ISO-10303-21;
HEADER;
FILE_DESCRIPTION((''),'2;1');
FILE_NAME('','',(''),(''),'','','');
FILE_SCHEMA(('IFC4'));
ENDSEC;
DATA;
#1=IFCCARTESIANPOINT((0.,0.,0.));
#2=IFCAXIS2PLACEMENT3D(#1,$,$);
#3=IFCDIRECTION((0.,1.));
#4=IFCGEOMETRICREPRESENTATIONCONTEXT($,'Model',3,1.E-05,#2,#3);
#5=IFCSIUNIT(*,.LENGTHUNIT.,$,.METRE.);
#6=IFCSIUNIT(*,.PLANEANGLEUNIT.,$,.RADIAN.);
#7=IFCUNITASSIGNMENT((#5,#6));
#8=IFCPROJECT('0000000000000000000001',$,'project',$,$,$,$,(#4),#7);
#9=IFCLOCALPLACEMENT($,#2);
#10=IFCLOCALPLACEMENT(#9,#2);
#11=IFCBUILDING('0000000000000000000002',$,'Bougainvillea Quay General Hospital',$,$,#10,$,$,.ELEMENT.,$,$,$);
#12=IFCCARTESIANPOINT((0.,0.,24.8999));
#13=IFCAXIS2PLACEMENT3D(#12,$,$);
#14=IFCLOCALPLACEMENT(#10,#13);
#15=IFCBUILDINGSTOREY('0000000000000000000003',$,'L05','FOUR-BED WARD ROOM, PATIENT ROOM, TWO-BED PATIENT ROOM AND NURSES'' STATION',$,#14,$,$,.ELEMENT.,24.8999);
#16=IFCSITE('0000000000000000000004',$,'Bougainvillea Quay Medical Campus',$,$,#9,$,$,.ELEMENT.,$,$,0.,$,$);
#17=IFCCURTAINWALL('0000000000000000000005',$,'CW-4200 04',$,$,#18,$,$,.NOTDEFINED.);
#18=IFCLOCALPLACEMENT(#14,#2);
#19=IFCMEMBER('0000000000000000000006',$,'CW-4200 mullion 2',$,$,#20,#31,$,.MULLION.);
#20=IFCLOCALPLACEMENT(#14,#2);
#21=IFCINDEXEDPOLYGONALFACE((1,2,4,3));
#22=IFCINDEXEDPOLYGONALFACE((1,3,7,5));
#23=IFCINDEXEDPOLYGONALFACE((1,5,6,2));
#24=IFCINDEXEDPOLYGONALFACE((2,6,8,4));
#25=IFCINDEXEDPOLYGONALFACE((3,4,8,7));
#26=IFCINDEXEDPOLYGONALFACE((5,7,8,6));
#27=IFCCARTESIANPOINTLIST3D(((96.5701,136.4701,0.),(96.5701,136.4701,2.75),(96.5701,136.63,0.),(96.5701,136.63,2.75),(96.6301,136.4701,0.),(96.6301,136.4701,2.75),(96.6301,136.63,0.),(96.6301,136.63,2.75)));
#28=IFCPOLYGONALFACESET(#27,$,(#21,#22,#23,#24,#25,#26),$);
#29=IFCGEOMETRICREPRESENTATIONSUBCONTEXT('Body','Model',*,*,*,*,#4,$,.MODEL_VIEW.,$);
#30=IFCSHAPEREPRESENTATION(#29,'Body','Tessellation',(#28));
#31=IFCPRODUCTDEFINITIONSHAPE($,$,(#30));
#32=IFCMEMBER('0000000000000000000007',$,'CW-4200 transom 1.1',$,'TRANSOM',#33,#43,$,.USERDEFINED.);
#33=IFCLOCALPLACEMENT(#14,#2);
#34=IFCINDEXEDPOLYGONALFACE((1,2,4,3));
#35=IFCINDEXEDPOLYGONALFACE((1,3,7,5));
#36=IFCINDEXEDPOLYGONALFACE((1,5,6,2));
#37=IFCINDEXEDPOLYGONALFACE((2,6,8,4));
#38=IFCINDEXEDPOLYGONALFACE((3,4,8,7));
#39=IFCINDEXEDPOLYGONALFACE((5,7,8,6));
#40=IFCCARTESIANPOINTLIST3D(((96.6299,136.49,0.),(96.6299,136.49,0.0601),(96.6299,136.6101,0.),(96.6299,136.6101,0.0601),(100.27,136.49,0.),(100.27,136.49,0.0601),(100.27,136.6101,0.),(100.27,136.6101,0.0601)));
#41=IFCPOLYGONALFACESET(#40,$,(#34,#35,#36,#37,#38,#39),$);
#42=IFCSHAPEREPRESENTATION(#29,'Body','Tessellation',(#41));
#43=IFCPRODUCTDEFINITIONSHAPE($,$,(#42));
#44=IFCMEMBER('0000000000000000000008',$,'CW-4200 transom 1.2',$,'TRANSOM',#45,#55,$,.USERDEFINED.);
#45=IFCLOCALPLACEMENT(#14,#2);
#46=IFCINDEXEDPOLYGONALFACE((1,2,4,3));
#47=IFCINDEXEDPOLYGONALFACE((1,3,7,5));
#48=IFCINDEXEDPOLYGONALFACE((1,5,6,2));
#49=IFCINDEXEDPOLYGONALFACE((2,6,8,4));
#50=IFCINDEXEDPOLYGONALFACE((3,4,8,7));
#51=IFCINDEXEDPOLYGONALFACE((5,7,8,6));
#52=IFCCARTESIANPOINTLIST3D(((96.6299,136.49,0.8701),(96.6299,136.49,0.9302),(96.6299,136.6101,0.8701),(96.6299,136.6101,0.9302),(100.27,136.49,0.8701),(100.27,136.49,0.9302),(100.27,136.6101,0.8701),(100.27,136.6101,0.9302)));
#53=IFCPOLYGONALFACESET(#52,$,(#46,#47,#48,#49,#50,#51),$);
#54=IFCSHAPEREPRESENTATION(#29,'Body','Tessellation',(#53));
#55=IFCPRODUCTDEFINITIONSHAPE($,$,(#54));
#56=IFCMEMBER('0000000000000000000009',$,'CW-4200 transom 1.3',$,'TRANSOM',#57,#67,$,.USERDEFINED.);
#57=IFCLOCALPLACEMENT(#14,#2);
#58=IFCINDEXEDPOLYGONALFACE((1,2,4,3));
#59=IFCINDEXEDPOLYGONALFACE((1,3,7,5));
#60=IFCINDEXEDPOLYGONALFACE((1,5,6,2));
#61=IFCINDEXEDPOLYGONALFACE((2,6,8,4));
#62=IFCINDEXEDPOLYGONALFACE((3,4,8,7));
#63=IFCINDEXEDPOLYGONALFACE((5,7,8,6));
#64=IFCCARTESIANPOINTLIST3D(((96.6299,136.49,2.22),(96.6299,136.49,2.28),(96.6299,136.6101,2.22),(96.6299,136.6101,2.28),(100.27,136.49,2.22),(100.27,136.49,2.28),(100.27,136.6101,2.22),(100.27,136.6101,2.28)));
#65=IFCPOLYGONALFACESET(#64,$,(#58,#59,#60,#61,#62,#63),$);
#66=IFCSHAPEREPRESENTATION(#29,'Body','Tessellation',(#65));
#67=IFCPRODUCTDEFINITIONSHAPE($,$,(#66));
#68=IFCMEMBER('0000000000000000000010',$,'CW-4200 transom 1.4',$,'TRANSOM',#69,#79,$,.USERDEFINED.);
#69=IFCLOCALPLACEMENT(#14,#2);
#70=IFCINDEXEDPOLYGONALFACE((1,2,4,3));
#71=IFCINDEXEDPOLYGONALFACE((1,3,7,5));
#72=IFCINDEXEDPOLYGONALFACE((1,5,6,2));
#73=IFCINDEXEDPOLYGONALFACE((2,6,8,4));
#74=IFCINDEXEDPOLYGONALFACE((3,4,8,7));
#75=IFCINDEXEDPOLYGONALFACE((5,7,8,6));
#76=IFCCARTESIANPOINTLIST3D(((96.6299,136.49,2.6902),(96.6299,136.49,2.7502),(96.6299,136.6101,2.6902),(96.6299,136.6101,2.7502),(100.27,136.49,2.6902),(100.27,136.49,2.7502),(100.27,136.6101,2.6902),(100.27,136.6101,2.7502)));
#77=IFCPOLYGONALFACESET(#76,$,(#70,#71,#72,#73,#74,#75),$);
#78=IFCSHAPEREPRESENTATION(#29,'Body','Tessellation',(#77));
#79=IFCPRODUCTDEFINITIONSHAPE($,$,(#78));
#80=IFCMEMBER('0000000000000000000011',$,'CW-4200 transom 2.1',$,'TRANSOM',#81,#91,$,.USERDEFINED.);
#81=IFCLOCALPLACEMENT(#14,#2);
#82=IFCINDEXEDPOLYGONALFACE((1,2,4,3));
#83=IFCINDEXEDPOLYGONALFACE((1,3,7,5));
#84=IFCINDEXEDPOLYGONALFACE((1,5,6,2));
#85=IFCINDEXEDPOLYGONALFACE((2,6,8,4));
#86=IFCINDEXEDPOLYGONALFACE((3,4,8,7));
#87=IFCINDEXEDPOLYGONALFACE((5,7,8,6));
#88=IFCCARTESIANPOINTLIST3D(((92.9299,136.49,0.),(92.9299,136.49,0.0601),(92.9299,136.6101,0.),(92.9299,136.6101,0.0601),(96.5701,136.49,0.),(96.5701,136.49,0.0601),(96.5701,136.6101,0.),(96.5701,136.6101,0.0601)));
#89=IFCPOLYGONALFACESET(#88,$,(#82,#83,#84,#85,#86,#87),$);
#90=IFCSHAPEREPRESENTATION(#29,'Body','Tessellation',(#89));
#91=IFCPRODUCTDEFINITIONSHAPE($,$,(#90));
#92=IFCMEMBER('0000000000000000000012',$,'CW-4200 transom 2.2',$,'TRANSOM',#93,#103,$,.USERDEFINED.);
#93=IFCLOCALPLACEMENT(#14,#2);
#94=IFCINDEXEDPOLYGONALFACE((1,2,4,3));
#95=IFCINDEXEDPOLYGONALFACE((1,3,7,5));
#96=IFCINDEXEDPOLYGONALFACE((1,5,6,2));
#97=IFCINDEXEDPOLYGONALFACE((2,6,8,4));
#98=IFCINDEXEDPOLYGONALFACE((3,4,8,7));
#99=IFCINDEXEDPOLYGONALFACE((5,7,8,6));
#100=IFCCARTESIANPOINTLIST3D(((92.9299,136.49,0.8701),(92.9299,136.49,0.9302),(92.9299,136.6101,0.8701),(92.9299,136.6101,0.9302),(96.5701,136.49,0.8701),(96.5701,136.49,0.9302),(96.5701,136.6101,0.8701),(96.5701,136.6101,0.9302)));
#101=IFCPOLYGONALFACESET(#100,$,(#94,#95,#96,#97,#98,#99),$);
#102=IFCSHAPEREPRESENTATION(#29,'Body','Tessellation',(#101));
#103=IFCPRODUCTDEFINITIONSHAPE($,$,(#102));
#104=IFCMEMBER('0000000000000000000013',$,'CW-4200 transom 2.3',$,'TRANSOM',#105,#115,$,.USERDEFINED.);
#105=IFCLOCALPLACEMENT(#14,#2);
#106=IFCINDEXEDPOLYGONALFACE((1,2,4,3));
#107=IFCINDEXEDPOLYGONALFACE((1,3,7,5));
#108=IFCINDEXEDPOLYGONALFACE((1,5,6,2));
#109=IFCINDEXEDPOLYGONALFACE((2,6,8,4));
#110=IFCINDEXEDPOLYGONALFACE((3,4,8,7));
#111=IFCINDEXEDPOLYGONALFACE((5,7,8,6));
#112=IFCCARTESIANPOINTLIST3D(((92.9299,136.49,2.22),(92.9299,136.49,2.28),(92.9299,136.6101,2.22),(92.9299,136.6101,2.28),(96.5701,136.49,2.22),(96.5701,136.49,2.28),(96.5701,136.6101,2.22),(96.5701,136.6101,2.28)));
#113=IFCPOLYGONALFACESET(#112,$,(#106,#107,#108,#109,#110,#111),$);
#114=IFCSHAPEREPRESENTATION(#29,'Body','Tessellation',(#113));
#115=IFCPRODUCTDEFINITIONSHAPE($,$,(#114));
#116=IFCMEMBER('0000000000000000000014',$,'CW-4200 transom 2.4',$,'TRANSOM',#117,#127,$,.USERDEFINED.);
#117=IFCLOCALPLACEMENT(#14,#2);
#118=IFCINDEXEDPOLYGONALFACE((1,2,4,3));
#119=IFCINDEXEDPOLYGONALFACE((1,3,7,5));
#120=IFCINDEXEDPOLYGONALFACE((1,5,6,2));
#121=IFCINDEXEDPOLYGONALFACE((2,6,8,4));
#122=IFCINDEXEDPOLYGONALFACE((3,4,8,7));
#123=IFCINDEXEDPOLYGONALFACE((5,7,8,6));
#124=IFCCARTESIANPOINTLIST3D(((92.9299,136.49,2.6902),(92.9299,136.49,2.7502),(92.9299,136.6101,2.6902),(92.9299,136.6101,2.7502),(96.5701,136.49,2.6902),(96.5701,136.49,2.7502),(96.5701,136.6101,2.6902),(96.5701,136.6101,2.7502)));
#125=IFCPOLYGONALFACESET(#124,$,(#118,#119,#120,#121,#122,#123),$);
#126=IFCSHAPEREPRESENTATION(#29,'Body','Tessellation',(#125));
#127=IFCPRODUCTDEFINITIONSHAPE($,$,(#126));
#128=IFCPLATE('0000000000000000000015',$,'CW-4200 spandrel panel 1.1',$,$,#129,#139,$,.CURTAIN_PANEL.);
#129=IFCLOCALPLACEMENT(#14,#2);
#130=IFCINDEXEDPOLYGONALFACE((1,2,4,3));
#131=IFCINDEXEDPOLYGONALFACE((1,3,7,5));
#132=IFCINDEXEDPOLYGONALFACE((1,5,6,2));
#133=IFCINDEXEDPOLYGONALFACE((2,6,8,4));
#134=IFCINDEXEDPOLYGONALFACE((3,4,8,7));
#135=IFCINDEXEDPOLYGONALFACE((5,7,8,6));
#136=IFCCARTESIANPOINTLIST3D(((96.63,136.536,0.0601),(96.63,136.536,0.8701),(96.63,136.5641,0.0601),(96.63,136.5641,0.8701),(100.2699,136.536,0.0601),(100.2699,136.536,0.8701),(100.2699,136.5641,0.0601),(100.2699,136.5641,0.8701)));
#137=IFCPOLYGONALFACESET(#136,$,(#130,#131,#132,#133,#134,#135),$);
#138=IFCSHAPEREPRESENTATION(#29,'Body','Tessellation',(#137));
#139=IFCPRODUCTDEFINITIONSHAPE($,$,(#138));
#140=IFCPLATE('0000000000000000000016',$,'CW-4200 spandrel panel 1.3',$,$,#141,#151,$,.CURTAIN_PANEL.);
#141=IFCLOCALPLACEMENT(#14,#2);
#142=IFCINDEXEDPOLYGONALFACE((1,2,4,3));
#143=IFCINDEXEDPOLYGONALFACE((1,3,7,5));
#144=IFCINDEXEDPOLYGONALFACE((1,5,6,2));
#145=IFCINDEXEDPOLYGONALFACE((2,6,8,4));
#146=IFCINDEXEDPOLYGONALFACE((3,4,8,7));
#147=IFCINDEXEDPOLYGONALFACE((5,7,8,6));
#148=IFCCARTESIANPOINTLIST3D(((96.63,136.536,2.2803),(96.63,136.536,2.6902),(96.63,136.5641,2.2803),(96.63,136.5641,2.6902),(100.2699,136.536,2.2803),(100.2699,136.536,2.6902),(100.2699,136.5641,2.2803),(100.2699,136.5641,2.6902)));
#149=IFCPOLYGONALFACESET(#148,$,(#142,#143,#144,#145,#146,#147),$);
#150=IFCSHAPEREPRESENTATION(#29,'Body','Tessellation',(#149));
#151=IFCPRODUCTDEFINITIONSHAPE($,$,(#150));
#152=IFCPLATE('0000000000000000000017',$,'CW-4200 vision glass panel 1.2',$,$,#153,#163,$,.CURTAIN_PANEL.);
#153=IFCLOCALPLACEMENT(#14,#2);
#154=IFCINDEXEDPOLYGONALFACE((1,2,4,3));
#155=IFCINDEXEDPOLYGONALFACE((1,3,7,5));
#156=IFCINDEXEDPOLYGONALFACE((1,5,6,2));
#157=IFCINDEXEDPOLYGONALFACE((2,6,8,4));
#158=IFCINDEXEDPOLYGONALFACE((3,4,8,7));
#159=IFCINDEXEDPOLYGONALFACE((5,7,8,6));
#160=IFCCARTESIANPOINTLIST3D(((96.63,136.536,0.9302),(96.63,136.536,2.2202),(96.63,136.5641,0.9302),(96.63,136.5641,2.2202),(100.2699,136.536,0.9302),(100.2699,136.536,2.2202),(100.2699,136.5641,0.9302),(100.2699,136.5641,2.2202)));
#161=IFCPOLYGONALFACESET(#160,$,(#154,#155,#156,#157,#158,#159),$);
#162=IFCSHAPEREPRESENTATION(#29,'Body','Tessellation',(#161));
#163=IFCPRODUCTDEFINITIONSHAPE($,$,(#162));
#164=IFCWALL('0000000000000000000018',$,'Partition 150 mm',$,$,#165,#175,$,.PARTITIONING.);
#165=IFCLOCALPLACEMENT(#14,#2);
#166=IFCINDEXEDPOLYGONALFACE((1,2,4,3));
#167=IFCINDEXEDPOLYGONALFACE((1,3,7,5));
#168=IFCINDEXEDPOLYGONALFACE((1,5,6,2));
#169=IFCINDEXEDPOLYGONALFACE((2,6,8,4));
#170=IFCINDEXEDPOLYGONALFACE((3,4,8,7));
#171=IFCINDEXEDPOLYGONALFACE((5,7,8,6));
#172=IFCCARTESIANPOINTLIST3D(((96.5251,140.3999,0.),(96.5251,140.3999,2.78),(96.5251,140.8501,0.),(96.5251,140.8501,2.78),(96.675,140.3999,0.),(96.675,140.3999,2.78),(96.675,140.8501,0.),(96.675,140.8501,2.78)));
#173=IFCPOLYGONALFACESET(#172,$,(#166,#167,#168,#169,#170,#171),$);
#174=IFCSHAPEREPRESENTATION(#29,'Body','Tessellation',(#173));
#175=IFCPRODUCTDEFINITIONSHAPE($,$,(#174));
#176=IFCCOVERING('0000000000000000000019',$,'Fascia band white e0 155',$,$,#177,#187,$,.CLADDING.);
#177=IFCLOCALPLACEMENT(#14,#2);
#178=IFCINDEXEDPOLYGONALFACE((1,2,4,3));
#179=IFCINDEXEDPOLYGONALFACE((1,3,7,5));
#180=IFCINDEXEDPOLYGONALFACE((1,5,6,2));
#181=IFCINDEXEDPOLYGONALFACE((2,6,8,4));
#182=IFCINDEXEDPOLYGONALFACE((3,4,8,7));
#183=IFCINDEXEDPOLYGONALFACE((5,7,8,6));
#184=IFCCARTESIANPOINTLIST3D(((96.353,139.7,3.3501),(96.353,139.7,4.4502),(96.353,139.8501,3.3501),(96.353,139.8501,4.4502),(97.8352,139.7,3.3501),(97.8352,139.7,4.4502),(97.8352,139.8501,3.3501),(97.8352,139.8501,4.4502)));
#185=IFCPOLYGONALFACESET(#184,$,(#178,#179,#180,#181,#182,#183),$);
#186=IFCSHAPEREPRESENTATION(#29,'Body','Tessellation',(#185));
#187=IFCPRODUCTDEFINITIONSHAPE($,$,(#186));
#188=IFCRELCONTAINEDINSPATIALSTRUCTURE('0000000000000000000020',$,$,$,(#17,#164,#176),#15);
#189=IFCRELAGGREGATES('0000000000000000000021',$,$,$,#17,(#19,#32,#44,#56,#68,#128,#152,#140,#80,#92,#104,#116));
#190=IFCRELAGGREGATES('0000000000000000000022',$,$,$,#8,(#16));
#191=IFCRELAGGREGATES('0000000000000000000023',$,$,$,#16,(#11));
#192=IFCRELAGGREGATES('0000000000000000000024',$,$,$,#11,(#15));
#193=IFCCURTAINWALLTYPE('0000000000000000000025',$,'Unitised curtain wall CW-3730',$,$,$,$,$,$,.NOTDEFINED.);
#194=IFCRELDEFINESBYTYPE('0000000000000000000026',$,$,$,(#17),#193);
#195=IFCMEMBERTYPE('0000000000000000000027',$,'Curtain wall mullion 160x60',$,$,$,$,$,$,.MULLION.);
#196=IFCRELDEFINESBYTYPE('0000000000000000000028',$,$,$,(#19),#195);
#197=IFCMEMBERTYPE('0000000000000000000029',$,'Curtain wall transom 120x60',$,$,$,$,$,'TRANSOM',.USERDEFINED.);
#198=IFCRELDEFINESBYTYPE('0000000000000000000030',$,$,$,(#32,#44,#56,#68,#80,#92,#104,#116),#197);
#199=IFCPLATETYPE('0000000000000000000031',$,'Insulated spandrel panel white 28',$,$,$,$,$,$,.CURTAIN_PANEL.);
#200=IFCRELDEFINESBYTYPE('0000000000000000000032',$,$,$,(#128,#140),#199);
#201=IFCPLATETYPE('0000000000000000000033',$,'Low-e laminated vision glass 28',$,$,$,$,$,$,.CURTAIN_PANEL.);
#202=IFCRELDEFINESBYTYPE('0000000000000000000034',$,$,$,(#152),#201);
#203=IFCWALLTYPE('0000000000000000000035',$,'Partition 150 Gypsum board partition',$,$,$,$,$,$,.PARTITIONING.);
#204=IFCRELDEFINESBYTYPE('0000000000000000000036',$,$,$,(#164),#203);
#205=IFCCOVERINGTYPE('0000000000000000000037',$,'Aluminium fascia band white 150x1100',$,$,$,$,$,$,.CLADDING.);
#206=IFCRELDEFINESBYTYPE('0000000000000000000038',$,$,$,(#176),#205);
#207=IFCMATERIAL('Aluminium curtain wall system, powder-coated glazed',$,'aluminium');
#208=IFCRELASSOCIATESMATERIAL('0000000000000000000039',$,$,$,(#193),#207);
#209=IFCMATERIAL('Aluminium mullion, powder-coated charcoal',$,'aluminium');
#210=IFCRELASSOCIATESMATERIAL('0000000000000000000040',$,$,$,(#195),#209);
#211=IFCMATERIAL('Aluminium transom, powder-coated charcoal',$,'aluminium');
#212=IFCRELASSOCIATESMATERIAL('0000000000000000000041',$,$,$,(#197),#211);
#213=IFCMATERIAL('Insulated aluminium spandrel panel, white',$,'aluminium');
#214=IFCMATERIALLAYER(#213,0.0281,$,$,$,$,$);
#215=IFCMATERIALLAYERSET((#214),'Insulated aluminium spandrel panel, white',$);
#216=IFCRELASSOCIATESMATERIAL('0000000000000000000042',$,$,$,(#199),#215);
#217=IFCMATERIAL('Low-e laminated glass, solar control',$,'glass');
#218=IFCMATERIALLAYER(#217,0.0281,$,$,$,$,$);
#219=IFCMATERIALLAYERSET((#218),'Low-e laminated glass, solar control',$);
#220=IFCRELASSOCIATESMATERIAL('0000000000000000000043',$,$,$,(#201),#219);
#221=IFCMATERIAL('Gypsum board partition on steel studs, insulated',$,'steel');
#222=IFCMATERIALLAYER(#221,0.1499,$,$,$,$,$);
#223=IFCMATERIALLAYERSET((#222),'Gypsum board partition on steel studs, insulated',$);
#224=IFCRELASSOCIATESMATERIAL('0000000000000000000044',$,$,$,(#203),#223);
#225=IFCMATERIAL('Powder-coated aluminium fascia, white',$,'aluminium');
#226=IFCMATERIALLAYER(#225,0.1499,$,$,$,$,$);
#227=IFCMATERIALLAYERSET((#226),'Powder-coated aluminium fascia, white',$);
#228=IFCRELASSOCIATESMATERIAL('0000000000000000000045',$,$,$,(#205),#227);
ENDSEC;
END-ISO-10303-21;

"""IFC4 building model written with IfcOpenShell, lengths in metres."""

from ifc_helpers import new_model, si_unit, direction, frame, frame_2d, origin, origin_2d, place, context, subcontext, project, spatial, polyline, rectangle, outline, extrude, material, layer, layer_set, material_profile, profile_set, type_object, element, aggregate, save


model = new_model("IFC4")

# Units and contexts
model_context = context("Model", 3, precision=1e-05, world=origin(), true_north=direction((0.0, 1.0)))
body_context = subcontext(model_context, "Body", "Model", "MODEL_VIEW")
ifc_project = project(units=[si_unit("LENGTHUNIT", "METRE"), si_unit("PLANEANGLEUNIT", "RADIAN")], contexts=[model_context])

# Site, building, storey
site_placement = place(None, origin())
site = spatial("IfcSite", under=ifc_project, at=site_placement, Name="Bougainvillea Quay Medical Campus", CompositionType="ELEMENT", RefElevation=0.0)
building_placement = place(site_placement, origin())
building = spatial("IfcBuilding", under=site, at=building_placement, Name="Bougainvillea Quay General Hospital", CompositionType="ELEMENT")
storey_placement = place(building_placement, frame((0.0, 0.0, 24.8999)))
storey = spatial("IfcBuildingStorey", under=building, at=storey_placement, Name="L05", Description="FOUR-BED WARD ROOM, PATIENT ROOM, TWO-BED PATIENT ROOM AND NURSES' STATION", CompositionType="ELEMENT", Elevation=24.8999)

# Curtain wall, members, plates
ifc_material_1 = material(Name="Aluminium curtain wall system, powder-coated glazed", Category="aluminium")
curtain_wall_type = type_object("IfcCurtainWallType", Name="Unitised curtain wall CW-3730", PredefinedType="NOTDEFINED", material=ifc_material_1)
curtain_wall_placement = place(storey_placement, origin())
curtain_wall = element("IfcCurtainWall", 1, at=curtain_wall_placement, inside=storey, type_object=curtain_wall_type, Name="CW-4200 04", PredefinedType="NOTDEFINED")
ifc_material_2 = material(Name="Aluminium mullion, powder-coated charcoal", Category="aluminium")
ifc_material_profile_1 = material_profile(ifc_material_2, rectangle(XDim=0.1599, YDim=0.0601, at=origin_2d()))
ifc_profile_set_1 = profile_set([ifc_material_profile_1], Name="Aluminium mullion, powder-coated charcoal")
member_type_1 = type_object("IfcMemberType", Name="Curtain wall mullion 160x60", PredefinedType="MULLION", material=ifc_profile_set_1)
member_1_placement = place(storey_placement, frame((96.6001, 136.55, 0.0), z_axis=(0.0, 0.0, 1.0), x_axis=(0.0, -1.0, 0.0)))
member_1 = element("IfcMember", 2, at=member_1_placement, type_object=member_type_1, Name="CW-4200 mullion 2", PredefinedType="MULLION", context=body_context, shape_type="SweptSolid", body=[
    extrude(rectangle(XDim=0.1599, YDim=0.0601, at=origin_2d()), origin(), (0.0, 0.0, 1.0), 2.75),
])
ifc_material_3 = material(Name="Aluminium transom, powder-coated charcoal", Category="aluminium")
ifc_material_profile_2 = material_profile(ifc_material_3, rectangle(XDim=0.1201, YDim=0.0601, at=origin_2d()))
ifc_profile_set_2 = profile_set([ifc_material_profile_2], Name="Aluminium transom, powder-coated charcoal")
member_type_2 = type_object("IfcMemberType", Name="Curtain wall transom 120x60", ElementType="TRANSOM", PredefinedType="USERDEFINED", material=ifc_profile_set_2)
member_2_placement = place(storey_placement, frame((100.27, 136.55, 0.03), z_axis=(-1.0, 0.0, 0.0), x_axis=(0.0, -1.0, 0.0)))
member_2 = element("IfcMember", 3, at=member_2_placement, type_object=member_type_2, Name="CW-4200 transom 1.1", ObjectType="TRANSOM", PredefinedType="USERDEFINED", context=body_context, shape_type="SweptSolid", body=[
    extrude(rectangle(XDim=0.1201, YDim=0.0601, at=origin_2d()), origin(), (0.0, 0.0, 1.0), 3.6401),
])
member_3_placement = place(storey_placement, frame((100.27, 136.55, 0.9001), z_axis=(-1.0, 0.0, 0.0), x_axis=(0.0, -1.0, 0.0)))
member_3 = element("IfcMember", 4, at=member_3_placement, type_object=member_type_2, Name="CW-4200 transom 1.2", ObjectType="TRANSOM", PredefinedType="USERDEFINED", context=body_context, shape_type="SweptSolid", body=[
    extrude(rectangle(XDim=0.1201, YDim=0.0601, at=origin_2d()), origin(), (0.0, 0.0, 1.0), 3.6401),
])
member_4_placement = place(storey_placement, frame((100.27, 136.55, 2.25), z_axis=(-1.0, 0.0, 0.0), x_axis=(0.0, -1.0, 0.0)))
member_4 = element("IfcMember", 5, at=member_4_placement, type_object=member_type_2, Name="CW-4200 transom 1.3", ObjectType="TRANSOM", PredefinedType="USERDEFINED", context=body_context, shape_type="SweptSolid", body=[
    extrude(rectangle(XDim=0.1201, YDim=0.0601, at=origin_2d()), origin(), (0.0, 0.0, 1.0), 3.6401),
])
member_5_placement = place(storey_placement, frame((100.27, 136.55, 2.7202), z_axis=(-1.0, 0.0, 0.0), x_axis=(0.0, -1.0, 0.0)))
member_5 = element("IfcMember", 6, at=member_5_placement, type_object=member_type_2, Name="CW-4200 transom 1.4", ObjectType="TRANSOM", PredefinedType="USERDEFINED", context=body_context, shape_type="SweptSolid", body=[
    extrude(rectangle(XDim=0.1201, YDim=0.0601, at=origin_2d()), origin(), (0.0, 0.0, 1.0), 3.6401),
])
member_6_placement = place(storey_placement, frame((96.5701, 136.55, 0.03), z_axis=(-1.0, 0.0, 0.0), x_axis=(0.0, -1.0, 0.0)))
member_6 = element("IfcMember", 7, at=member_6_placement, type_object=member_type_2, Name="CW-4200 transom 2.1", ObjectType="TRANSOM", PredefinedType="USERDEFINED", context=body_context, shape_type="SweptSolid", body=[
    extrude(rectangle(XDim=0.1201, YDim=0.0601, at=origin_2d()), origin(), (0.0, 0.0, 1.0), 3.6401),
])
member_7_placement = place(storey_placement, frame((96.5701, 136.55, 0.9001), z_axis=(-1.0, 0.0, 0.0), x_axis=(0.0, -1.0, 0.0)))
member_7 = element("IfcMember", 8, at=member_7_placement, type_object=member_type_2, Name="CW-4200 transom 2.2", ObjectType="TRANSOM", PredefinedType="USERDEFINED", context=body_context, shape_type="SweptSolid", body=[
    extrude(rectangle(XDim=0.1201, YDim=0.0601, at=origin_2d()), origin(), (0.0, 0.0, 1.0), 3.6401),
])
member_8_placement = place(storey_placement, frame((96.5701, 136.55, 2.25), z_axis=(-1.0, 0.0, 0.0), x_axis=(0.0, -1.0, 0.0)))
member_8 = element("IfcMember", 9, at=member_8_placement, type_object=member_type_2, Name="CW-4200 transom 2.3", ObjectType="TRANSOM", PredefinedType="USERDEFINED", context=body_context, shape_type="SweptSolid", body=[
    extrude(rectangle(XDim=0.1201, YDim=0.0601, at=origin_2d()), origin(), (0.0, 0.0, 1.0), 3.6401),
])
member_9_placement = place(storey_placement, frame((96.5701, 136.55, 2.7202), z_axis=(-1.0, 0.0, 0.0), x_axis=(0.0, -1.0, 0.0)))
member_9 = element("IfcMember", 10, at=member_9_placement, type_object=member_type_2, Name="CW-4200 transom 2.4", ObjectType="TRANSOM", PredefinedType="USERDEFINED", context=body_context, shape_type="SweptSolid", body=[
    extrude(rectangle(XDim=0.1201, YDim=0.0601, at=origin_2d()), origin(), (0.0, 0.0, 1.0), 3.6401),
])
ifc_material_4 = material(Name="Insulated aluminium spandrel panel, white", Category="aluminium")
ifc_layer_1 = layer(ifc_material_4, 0.0281)
ifc_layer_set_1 = layer_set([ifc_layer_1], Name="Insulated aluminium spandrel panel, white")
plate_type_1 = type_object("IfcPlateType", Name="Insulated spandrel panel white 28", PredefinedType="CURTAIN_PANEL", material=ifc_layer_set_1)
plate_1_placement = place(storey_placement, frame((98.45, 136.55, 0.0601), z_axis=(0.0, 0.0, 1.0), x_axis=(-1.0, 0.0, 0.0)))
plate_1 = element("IfcPlate", 11, at=plate_1_placement, type_object=plate_type_1, Name="CW-4200 spandrel panel 1.1", PredefinedType="CURTAIN_PANEL", context=body_context, shape_type="SweptSolid", body=[
    extrude(rectangle(XDim=3.6399, YDim=0.0281, at=origin_2d()), origin(), (0.0, 0.0, 1.0), 0.8101),
])
plate_2_placement = place(storey_placement, frame((98.45, 136.55, 2.2803), z_axis=(0.0, 0.0, 1.0), x_axis=(-1.0, 0.0, 0.0)))
plate_2 = element("IfcPlate", 12, at=plate_2_placement, type_object=plate_type_1, Name="CW-4200 spandrel panel 1.3", PredefinedType="CURTAIN_PANEL", context=body_context, shape_type="SweptSolid", body=[
    extrude(rectangle(XDim=3.6399, YDim=0.0281, at=origin_2d()), origin(), (0.0, 0.0, 1.0), 0.4099),
])
ifc_material_5 = material(Name="Low-e laminated glass, solar control", Category="glass")
ifc_layer_2 = layer(ifc_material_5, 0.0281)
ifc_layer_set_2 = layer_set([ifc_layer_2], Name="Low-e laminated glass, solar control")
plate_type_2 = type_object("IfcPlateType", Name="Low-e laminated vision glass 28", PredefinedType="CURTAIN_PANEL", material=ifc_layer_set_2)
plate_3_placement = place(storey_placement, frame((98.45, 136.55, 0.9302), z_axis=(0.0, 0.0, 1.0), x_axis=(-1.0, 0.0, 0.0)))
plate_3 = element("IfcPlate", 13, at=plate_3_placement, type_object=plate_type_2, Name="CW-4200 vision glass panel 1.2", PredefinedType="CURTAIN_PANEL", context=body_context, shape_type="SweptSolid", body=[
    extrude(rectangle(XDim=3.6399, YDim=0.0281, at=origin_2d()), origin(), (0.0, 0.0, 1.0), 1.29),
])
aggregate(curtain_wall, [member_1, member_2, member_3, member_4, member_5, plate_1, plate_3, plate_2, member_6, member_7, member_8, member_9])

# Wall
ifc_material_6 = material(Name="Gypsum board partition on steel studs, insulated", Category="steel")
ifc_layer_3 = layer(ifc_material_6, 0.1499)
ifc_layer_set_3 = layer_set([ifc_layer_3], Name="Gypsum board partition on steel studs, insulated")
wall_type = type_object("IfcWallType", Name="Partition 150 Gypsum board partition", PredefinedType="PARTITIONING", material=ifc_layer_set_3)
wall_placement = place(storey_placement, frame((96.6001, 140.3999, 0.0), z_axis=(0.0, 0.0, 1.0), x_axis=(0.0, 1.0, 0.0)))
element("IfcWall", 14, at=wall_placement, inside=storey, type_object=wall_type, Name="Partition 150 mm", PredefinedType="PARTITIONING", context=body_context, shape_type="SweptSolid", body=[
    extrude(rectangle(XDim=0.4502, YDim=0.1499, at=frame_2d((0.2251, 0.0))), origin(), (0.0, 0.0, 1.0), 2.78),
])

# Covering
ifc_material_7 = material(Name="Powder-coated aluminium fascia, white", Category="aluminium")
ifc_layer_4 = layer(ifc_material_7, 0.1499)
ifc_layer_set_4 = layer_set([ifc_layer_4], Name="Powder-coated aluminium fascia, white")
covering_type = type_object("IfcCoveringType", Name="Aluminium fascia band white 150x1100", PredefinedType="CLADDING", material=ifc_layer_set_4)
covering_1_placement = place(storey_placement, frame((96.353, 139.8501, 3.3501), z_axis=(0.0, 0.0, 1.0), x_axis=(1.0, 0.0, 0.0)))
element("IfcCovering", 15, at=covering_1_placement, inside=storey, type_object=covering_type, Name="Fascia band white e0 155", PredefinedType="CLADDING", context=body_context, shape_type="SweptSolid", body=[
    extrude(outline(polyline([(0.0, 0.0), (1.4822, 0.0), (1.4822, -0.1501), (0.0, -0.1501), (0.0, 0.0)])), origin(), (0.0, 0.0, 1.0), 1.1001),
])

save(model, "model.ifc")
